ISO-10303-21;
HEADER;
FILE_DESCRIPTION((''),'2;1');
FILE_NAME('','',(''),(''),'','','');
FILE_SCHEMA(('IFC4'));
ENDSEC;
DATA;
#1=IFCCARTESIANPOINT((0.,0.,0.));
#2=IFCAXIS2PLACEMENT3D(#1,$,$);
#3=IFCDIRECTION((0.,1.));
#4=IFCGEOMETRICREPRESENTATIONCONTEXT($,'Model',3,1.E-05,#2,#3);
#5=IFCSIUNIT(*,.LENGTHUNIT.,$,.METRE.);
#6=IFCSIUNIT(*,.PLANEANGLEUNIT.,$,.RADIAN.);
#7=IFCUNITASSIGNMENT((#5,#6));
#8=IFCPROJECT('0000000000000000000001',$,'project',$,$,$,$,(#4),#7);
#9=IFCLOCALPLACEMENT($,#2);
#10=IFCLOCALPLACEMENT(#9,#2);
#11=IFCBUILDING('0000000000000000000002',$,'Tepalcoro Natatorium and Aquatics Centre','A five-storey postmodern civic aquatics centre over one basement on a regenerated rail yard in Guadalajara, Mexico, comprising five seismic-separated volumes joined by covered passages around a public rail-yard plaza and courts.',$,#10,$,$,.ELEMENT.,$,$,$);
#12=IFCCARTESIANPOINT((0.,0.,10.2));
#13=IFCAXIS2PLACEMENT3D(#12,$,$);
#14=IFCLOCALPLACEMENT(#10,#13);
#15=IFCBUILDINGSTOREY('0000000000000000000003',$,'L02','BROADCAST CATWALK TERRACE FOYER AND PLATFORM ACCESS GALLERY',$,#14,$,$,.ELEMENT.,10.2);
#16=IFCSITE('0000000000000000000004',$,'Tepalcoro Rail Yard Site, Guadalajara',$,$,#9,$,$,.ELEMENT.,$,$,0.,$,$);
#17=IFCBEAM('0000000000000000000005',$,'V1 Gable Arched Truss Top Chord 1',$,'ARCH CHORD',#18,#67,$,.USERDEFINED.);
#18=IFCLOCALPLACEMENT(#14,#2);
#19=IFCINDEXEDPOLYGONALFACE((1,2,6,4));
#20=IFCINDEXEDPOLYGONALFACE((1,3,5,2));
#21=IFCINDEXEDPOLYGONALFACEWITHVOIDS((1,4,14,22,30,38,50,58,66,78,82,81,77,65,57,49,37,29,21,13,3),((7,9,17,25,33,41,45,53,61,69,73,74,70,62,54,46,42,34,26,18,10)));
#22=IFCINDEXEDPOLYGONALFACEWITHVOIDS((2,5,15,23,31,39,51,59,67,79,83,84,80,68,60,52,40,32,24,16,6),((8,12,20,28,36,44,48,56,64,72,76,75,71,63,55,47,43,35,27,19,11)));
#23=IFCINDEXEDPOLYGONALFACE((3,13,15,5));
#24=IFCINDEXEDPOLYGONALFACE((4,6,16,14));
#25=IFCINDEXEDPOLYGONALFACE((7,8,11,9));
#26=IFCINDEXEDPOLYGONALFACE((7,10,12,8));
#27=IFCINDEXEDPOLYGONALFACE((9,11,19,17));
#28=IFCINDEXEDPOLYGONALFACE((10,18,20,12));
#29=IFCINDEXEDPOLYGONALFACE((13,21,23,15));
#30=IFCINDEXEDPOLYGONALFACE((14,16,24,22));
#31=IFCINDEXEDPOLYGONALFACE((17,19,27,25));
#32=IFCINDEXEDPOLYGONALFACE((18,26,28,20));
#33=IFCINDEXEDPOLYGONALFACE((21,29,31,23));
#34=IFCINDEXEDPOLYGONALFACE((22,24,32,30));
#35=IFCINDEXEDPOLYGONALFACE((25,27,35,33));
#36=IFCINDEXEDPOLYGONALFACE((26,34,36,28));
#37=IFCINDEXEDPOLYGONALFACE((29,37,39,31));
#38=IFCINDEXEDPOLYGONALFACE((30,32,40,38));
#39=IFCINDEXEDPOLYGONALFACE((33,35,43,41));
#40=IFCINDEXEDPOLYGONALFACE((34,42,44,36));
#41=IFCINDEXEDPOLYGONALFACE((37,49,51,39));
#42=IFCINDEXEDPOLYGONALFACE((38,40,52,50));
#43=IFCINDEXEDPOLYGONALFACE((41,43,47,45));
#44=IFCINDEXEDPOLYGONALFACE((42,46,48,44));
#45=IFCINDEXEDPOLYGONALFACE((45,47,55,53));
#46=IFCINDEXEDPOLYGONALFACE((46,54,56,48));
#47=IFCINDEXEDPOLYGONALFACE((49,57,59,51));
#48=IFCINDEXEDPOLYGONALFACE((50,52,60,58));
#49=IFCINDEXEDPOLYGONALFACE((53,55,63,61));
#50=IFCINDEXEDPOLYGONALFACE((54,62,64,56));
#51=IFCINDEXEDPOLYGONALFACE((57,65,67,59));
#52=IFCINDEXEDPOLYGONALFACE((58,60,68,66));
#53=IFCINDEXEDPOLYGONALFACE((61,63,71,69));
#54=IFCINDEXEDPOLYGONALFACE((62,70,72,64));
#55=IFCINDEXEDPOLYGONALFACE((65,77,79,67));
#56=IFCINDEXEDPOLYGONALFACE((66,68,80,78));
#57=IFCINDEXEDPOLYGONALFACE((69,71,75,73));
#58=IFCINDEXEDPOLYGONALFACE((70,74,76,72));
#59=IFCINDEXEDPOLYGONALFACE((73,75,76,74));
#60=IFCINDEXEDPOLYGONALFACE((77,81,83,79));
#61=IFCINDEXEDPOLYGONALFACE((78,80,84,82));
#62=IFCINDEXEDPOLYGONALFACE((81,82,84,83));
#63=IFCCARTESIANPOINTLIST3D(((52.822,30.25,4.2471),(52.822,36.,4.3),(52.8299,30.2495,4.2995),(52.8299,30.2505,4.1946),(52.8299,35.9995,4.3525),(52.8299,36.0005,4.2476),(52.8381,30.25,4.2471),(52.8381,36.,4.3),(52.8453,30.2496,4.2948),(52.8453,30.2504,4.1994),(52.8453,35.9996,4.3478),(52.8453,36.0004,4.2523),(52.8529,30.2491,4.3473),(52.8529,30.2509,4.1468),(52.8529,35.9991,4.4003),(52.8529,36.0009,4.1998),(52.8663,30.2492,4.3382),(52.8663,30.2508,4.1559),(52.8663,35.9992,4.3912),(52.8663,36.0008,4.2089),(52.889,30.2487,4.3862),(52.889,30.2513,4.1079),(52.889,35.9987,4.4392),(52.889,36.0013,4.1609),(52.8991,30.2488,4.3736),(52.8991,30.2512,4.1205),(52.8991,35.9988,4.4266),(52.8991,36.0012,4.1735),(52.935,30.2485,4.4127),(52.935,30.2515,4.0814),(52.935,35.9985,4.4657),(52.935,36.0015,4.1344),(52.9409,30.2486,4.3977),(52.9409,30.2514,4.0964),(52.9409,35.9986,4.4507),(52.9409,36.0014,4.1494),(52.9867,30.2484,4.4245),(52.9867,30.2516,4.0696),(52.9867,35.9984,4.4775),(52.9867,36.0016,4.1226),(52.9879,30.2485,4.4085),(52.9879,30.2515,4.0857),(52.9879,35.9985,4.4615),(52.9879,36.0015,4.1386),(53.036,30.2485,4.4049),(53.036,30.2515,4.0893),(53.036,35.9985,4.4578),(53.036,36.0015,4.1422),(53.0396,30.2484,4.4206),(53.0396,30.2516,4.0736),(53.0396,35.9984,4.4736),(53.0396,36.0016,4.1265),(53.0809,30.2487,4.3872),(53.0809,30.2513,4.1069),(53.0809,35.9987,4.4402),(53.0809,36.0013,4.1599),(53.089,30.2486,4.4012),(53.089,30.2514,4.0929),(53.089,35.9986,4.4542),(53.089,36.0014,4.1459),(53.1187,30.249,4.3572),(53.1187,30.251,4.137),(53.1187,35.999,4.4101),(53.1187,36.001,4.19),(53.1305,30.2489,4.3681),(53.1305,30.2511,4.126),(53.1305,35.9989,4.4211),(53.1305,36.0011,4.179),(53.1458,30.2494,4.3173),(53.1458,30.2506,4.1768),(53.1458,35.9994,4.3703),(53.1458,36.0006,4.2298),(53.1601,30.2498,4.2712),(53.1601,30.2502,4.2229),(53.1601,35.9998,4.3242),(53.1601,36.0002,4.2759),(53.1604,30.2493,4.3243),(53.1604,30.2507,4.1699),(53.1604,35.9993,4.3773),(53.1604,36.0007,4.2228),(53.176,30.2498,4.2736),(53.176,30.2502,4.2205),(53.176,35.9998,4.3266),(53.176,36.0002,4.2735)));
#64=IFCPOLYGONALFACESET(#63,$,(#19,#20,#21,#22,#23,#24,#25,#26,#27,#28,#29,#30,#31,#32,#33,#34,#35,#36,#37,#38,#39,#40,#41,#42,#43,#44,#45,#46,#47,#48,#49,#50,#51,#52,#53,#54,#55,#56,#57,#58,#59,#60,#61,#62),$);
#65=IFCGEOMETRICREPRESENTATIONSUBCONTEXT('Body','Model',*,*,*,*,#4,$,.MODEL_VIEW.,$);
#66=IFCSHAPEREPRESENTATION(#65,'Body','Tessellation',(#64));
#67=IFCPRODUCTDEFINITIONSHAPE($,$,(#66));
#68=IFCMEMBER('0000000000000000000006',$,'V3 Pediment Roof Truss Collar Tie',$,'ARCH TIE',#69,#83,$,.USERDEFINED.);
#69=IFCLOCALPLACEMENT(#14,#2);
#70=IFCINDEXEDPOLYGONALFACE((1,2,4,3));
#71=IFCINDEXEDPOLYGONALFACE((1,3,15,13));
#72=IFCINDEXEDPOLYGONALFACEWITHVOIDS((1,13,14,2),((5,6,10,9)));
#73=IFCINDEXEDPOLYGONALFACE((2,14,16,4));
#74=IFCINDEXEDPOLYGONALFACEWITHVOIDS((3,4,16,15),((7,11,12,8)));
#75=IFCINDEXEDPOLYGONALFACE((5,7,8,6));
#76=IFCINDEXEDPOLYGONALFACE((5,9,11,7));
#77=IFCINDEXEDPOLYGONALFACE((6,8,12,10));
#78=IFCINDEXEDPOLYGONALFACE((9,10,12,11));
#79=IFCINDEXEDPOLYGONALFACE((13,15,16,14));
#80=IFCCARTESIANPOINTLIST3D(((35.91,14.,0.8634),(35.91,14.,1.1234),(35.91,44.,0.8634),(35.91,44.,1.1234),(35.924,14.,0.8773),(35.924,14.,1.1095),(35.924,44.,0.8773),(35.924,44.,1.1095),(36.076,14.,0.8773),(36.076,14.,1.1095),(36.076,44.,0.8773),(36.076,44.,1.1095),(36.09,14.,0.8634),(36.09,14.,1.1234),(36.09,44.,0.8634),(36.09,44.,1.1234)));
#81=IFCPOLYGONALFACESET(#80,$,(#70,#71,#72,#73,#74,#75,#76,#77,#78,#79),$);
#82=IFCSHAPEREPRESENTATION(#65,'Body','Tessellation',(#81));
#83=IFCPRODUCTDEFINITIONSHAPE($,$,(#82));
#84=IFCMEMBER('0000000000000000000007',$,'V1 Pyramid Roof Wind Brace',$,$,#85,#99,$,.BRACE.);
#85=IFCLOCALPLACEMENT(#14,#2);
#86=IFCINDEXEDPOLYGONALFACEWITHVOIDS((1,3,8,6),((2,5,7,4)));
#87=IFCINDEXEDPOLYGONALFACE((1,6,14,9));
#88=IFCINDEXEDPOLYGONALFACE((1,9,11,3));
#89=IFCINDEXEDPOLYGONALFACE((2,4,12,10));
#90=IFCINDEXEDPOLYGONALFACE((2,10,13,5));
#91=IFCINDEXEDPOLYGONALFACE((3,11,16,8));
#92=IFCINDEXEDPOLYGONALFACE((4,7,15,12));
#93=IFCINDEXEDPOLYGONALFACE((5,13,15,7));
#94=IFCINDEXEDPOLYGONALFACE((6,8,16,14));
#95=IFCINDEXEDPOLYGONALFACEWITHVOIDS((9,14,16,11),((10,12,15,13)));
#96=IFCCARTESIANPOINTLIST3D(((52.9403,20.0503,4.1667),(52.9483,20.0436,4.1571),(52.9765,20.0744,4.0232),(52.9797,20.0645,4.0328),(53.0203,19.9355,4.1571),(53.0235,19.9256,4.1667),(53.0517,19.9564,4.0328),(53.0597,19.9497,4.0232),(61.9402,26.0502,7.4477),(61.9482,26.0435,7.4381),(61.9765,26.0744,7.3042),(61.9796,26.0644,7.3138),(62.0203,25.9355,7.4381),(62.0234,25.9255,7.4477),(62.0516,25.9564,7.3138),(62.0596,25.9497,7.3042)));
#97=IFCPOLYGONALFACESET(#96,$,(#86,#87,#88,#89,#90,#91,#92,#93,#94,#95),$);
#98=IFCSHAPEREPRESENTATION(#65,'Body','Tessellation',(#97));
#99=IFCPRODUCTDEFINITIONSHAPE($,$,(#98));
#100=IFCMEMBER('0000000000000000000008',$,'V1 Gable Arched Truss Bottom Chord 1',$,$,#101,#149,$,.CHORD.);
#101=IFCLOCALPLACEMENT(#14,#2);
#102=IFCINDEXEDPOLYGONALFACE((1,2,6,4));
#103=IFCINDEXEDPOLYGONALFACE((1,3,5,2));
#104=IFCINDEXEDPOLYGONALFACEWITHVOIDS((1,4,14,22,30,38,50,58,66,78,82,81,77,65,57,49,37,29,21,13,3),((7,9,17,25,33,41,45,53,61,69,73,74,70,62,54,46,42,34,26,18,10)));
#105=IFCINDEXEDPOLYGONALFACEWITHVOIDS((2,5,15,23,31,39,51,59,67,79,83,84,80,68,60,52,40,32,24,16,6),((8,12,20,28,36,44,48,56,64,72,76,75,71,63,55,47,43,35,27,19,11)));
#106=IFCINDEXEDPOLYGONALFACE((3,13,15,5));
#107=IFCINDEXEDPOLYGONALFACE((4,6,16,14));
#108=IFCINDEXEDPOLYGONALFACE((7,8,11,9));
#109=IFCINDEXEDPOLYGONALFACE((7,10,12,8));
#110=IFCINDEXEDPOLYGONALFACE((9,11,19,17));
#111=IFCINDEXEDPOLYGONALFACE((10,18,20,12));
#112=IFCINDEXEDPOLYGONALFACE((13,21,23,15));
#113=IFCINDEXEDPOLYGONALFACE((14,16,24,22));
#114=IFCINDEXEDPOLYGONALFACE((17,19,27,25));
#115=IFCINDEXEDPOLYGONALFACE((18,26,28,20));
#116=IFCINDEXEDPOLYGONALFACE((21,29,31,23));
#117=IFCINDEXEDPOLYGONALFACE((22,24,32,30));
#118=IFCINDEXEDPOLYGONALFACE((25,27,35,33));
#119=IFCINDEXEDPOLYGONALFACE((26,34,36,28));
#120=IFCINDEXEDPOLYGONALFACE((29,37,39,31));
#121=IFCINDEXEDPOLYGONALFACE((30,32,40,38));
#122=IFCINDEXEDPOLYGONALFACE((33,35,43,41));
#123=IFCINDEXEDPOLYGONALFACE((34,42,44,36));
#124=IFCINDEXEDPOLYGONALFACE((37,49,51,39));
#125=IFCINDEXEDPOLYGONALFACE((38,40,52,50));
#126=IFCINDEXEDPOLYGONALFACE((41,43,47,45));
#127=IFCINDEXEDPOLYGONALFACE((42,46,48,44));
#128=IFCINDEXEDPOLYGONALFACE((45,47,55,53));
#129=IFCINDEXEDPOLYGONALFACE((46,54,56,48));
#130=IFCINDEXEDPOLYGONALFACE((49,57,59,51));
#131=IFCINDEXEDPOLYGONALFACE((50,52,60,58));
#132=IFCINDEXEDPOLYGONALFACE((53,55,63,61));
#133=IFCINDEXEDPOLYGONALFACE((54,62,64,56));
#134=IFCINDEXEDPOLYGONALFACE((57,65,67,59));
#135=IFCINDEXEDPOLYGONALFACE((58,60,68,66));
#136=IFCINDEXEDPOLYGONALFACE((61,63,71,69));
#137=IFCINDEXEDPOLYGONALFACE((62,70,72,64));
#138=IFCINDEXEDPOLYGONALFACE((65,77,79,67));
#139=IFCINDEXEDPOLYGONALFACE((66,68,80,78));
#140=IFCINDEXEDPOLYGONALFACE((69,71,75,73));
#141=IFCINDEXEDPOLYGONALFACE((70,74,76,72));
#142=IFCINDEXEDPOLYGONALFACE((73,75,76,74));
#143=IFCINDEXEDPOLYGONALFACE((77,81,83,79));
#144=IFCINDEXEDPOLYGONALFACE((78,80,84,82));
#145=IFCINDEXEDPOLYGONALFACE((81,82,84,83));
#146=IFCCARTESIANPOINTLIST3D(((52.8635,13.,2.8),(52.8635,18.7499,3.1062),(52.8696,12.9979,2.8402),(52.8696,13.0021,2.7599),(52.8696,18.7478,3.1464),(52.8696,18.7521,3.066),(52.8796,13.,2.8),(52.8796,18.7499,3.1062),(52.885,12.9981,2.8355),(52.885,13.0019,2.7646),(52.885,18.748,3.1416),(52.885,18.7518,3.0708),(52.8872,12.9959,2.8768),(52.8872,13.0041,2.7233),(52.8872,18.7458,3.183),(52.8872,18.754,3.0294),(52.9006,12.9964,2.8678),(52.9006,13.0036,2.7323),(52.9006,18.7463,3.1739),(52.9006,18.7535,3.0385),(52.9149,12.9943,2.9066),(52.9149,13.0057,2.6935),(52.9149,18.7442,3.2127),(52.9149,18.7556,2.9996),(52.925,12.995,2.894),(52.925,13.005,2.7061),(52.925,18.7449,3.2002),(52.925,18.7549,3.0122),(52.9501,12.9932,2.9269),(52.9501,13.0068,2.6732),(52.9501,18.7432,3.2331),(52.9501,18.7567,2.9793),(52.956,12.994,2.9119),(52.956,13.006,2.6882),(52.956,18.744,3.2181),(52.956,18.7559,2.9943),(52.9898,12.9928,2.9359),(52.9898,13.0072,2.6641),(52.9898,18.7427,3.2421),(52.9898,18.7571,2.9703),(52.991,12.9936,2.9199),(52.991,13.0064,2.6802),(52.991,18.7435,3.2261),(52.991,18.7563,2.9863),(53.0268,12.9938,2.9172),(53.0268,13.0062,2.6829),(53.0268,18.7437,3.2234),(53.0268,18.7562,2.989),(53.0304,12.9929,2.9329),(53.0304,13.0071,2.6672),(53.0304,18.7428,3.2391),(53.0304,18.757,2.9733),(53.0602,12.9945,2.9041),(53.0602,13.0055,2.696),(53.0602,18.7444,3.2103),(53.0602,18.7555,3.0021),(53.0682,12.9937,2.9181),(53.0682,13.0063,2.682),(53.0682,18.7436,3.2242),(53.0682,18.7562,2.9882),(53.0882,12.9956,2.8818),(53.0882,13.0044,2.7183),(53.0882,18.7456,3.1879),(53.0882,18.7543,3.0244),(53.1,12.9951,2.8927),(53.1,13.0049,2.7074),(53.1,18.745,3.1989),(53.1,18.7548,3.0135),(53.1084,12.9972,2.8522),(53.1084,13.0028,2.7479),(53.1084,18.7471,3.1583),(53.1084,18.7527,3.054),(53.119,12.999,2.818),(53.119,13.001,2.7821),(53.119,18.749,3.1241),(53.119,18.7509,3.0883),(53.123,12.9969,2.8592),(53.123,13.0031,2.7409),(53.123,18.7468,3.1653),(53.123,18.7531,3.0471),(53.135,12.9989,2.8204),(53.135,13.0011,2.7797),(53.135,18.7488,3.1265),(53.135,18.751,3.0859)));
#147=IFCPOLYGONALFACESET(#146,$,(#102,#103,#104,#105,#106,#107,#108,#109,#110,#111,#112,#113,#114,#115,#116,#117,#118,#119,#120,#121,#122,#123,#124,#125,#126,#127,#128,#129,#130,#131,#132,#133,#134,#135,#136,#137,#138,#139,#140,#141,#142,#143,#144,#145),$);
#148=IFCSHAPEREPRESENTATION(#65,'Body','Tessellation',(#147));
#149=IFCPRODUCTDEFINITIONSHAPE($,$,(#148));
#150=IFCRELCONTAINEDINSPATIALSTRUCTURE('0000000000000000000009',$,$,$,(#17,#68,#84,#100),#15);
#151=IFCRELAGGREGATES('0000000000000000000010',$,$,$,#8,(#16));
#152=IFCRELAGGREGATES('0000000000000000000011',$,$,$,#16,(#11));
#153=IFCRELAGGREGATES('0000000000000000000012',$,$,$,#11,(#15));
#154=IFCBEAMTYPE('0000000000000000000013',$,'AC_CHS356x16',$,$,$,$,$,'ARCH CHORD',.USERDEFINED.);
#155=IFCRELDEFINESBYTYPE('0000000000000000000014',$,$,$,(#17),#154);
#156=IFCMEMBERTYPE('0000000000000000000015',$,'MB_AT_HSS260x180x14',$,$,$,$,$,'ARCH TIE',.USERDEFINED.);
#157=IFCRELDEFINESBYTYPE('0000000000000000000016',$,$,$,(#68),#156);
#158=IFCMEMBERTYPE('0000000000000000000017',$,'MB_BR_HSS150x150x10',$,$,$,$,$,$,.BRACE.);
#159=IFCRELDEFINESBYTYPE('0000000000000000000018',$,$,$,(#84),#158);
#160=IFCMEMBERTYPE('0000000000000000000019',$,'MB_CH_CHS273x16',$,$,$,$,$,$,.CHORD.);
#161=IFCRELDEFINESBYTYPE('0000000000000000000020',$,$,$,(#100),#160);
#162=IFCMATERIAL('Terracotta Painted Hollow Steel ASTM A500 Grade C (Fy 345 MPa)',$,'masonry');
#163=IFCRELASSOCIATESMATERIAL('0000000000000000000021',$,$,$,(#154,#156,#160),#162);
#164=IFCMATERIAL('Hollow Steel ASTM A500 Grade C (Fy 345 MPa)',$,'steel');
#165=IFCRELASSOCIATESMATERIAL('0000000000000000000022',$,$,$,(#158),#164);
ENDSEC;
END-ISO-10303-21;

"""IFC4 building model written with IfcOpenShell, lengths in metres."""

from ifc_helpers import new_model, si_unit, direction, frame, origin, origin_2d, place, context, subcontext, project, spatial, hollow_rectangle, hollow_circle, extrude, material, material_profile, profile_set, type_object, element, save


model = new_model("IFC4")

# Units and contexts
model_context = context("Model", 3, precision=1e-05, world=origin(), true_north=direction((0.0, 1.0)))
body_context = subcontext(model_context, "Body", "Model", "MODEL_VIEW")
ifc_project = project(units=[si_unit("LENGTHUNIT", "METRE"), si_unit("PLANEANGLEUNIT", "RADIAN")], contexts=[model_context])

# Site, building, storey
site_placement = place(None, origin())
site = spatial("IfcSite", under=ifc_project, at=site_placement, Name="Tepalcoro Rail Yard Site, Guadalajara", CompositionType="ELEMENT", RefElevation=0.0)
building_placement = place(site_placement, origin())
building = spatial("IfcBuilding", under=site, at=building_placement, Name="Tepalcoro Natatorium and Aquatics Centre", Description="A five-storey postmodern civic aquatics centre over one basement on a regenerated rail yard in Guadalajara, Mexico, comprising five seismic-separated volumes joined by covered passages around a public rail-yard plaza and courts.", CompositionType="ELEMENT")
storey_placement = place(building_placement, frame((0.0, 0.0, 10.2)))
storey = spatial("IfcBuildingStorey", under=building, at=storey_placement, Name="L02", Description="BROADCAST CATWALK TERRACE FOYER AND PLATFORM ACCESS GALLERY", CompositionType="ELEMENT", Elevation=10.2)

# Beam
ifc_material_1 = material(Name="Terracotta Painted Hollow Steel ASTM A500 Grade C (Fy 345 MPa)", Category="masonry")
ifc_material_profile_1 = material_profile(ifc_material_1, hollow_circle(Radius=0.178, WallThickness=0.0161, at=origin_2d()), Name="CHS356X16")
ifc_profile_set_1 = profile_set([ifc_material_profile_1], Name="Terracotta Painted Hollow Steel ASTM A500 Grade C (Fy 345 MPa)")
beam_type_1 = type_object("IfcBeamType", Name="AC_CHS356x16", ElementType="ARCH CHORD", PredefinedType="USERDEFINED", material=ifc_profile_set_1)
beam_1_placement = place(storey_placement, frame((53.0, 30.25, 4.2471), z_axis=(0.0, 0.999958, 0.009213), x_axis=(-1.0, 0.0, 0.0)))
element("IfcBeam", 1, at=beam_1_placement, inside=storey, type_object=beam_type_1, Name="V1 Gable Arched Truss Top Chord 1", ObjectType="ARCH CHORD", PredefinedType="USERDEFINED", context=body_context, shape_type="SweptSolid", body=[
    extrude(hollow_circle(Radius=0.178, WallThickness=0.0161, at=origin_2d()), origin(), (0.0, 0.0, 1.0), 5.7502),
])

# Members
ifc_material_profile_2 = material_profile(ifc_material_1, hollow_rectangle(XDim=0.1799, YDim=0.26, WallThickness=0.0139, at=origin_2d()), Name="HSS260X180X14")
ifc_profile_set_2 = profile_set([ifc_material_profile_2], Name="Terracotta Painted Hollow Steel ASTM A500 Grade C (Fy 345 MPa)")
member_type_1 = type_object("IfcMemberType", Name="MB_AT_HSS260x180x14", ElementType="ARCH TIE", PredefinedType="USERDEFINED", material=ifc_profile_set_2)
member_1_placement = place(storey_placement, frame((36.0, 14.0, 0.9934), z_axis=(0.0, 1.0, 0.0), x_axis=(-1.0, 0.0, 0.0)))
element("IfcMember", 2, at=member_1_placement, inside=storey, type_object=member_type_1, Name="V3 Pediment Roof Truss Collar Tie", ObjectType="ARCH TIE", PredefinedType="USERDEFINED", context=body_context, shape_type="SweptSolid", body=[
    extrude(hollow_rectangle(XDim=0.1799, YDim=0.26, WallThickness=0.0139, at=origin_2d()), origin(), (0.0, 0.0, 1.0), 30.0),
])
ifc_material_2 = material(Name="Hollow Steel ASTM A500 Grade C (Fy 345 MPa)", Category="steel")
ifc_material_profile_3 = material_profile(ifc_material_2, hollow_rectangle(XDim=0.1499, YDim=0.1499, WallThickness=0.01, at=origin_2d()), Name="HSS150X150X10")
ifc_profile_set_3 = profile_set([ifc_material_profile_3], Name="Hollow Steel ASTM A500 Grade C (Fy 345 MPa)")
member_type_2 = type_object("IfcMemberType", Name="MB_BR_HSS150x150x10", PredefinedType="BRACE", material=ifc_profile_set_3)
member_2_placement = place(storey_placement, frame((53.0, 20.0, 4.095), z_axis=(0.796226, 0.530818, 0.290269), x_axis=(-0.5547, 0.83205, 0.0)))
element("IfcMember", 3, at=member_2_placement, inside=storey, type_object=member_type_2, Name="V1 Pyramid Roof Wind Brace", PredefinedType="BRACE", context=body_context, shape_type="SweptSolid", body=[
    extrude(hollow_rectangle(XDim=0.1499, YDim=0.1499, WallThickness=0.01, at=origin_2d()), origin(), (0.0, 0.0, 1.0), 11.3032),
])
ifc_material_profile_4 = material_profile(ifc_material_1, hollow_circle(Radius=0.1365, WallThickness=0.0161, at=origin_2d()), Name="CHS273X16")
ifc_profile_set_4 = profile_set([ifc_material_profile_4], Name="Terracotta Painted Hollow Steel ASTM A500 Grade C (Fy 345 MPa)")
member_type_3 = type_object("IfcMemberType", Name="MB_CH_CHS273x16", PredefinedType="CHORD", material=ifc_profile_set_4)
member_3_placement = place(storey_placement, frame((53.0, 13.0, 2.8), z_axis=(0.0, 0.998586, 0.053169), x_axis=(-1.0, 0.0, 0.0)))
element("IfcMember", 4, at=member_3_placement, inside=storey, type_object=member_type_3, Name="V1 Gable Arched Truss Bottom Chord 1", PredefinedType="CHORD", context=body_context, shape_type="SweptSolid", body=[
    extrude(hollow_circle(Radius=0.1365, WallThickness=0.0161, at=origin_2d()), origin(), (0.0, 0.0, 1.0), 5.7581),
])

save(model, "model.ifc")
